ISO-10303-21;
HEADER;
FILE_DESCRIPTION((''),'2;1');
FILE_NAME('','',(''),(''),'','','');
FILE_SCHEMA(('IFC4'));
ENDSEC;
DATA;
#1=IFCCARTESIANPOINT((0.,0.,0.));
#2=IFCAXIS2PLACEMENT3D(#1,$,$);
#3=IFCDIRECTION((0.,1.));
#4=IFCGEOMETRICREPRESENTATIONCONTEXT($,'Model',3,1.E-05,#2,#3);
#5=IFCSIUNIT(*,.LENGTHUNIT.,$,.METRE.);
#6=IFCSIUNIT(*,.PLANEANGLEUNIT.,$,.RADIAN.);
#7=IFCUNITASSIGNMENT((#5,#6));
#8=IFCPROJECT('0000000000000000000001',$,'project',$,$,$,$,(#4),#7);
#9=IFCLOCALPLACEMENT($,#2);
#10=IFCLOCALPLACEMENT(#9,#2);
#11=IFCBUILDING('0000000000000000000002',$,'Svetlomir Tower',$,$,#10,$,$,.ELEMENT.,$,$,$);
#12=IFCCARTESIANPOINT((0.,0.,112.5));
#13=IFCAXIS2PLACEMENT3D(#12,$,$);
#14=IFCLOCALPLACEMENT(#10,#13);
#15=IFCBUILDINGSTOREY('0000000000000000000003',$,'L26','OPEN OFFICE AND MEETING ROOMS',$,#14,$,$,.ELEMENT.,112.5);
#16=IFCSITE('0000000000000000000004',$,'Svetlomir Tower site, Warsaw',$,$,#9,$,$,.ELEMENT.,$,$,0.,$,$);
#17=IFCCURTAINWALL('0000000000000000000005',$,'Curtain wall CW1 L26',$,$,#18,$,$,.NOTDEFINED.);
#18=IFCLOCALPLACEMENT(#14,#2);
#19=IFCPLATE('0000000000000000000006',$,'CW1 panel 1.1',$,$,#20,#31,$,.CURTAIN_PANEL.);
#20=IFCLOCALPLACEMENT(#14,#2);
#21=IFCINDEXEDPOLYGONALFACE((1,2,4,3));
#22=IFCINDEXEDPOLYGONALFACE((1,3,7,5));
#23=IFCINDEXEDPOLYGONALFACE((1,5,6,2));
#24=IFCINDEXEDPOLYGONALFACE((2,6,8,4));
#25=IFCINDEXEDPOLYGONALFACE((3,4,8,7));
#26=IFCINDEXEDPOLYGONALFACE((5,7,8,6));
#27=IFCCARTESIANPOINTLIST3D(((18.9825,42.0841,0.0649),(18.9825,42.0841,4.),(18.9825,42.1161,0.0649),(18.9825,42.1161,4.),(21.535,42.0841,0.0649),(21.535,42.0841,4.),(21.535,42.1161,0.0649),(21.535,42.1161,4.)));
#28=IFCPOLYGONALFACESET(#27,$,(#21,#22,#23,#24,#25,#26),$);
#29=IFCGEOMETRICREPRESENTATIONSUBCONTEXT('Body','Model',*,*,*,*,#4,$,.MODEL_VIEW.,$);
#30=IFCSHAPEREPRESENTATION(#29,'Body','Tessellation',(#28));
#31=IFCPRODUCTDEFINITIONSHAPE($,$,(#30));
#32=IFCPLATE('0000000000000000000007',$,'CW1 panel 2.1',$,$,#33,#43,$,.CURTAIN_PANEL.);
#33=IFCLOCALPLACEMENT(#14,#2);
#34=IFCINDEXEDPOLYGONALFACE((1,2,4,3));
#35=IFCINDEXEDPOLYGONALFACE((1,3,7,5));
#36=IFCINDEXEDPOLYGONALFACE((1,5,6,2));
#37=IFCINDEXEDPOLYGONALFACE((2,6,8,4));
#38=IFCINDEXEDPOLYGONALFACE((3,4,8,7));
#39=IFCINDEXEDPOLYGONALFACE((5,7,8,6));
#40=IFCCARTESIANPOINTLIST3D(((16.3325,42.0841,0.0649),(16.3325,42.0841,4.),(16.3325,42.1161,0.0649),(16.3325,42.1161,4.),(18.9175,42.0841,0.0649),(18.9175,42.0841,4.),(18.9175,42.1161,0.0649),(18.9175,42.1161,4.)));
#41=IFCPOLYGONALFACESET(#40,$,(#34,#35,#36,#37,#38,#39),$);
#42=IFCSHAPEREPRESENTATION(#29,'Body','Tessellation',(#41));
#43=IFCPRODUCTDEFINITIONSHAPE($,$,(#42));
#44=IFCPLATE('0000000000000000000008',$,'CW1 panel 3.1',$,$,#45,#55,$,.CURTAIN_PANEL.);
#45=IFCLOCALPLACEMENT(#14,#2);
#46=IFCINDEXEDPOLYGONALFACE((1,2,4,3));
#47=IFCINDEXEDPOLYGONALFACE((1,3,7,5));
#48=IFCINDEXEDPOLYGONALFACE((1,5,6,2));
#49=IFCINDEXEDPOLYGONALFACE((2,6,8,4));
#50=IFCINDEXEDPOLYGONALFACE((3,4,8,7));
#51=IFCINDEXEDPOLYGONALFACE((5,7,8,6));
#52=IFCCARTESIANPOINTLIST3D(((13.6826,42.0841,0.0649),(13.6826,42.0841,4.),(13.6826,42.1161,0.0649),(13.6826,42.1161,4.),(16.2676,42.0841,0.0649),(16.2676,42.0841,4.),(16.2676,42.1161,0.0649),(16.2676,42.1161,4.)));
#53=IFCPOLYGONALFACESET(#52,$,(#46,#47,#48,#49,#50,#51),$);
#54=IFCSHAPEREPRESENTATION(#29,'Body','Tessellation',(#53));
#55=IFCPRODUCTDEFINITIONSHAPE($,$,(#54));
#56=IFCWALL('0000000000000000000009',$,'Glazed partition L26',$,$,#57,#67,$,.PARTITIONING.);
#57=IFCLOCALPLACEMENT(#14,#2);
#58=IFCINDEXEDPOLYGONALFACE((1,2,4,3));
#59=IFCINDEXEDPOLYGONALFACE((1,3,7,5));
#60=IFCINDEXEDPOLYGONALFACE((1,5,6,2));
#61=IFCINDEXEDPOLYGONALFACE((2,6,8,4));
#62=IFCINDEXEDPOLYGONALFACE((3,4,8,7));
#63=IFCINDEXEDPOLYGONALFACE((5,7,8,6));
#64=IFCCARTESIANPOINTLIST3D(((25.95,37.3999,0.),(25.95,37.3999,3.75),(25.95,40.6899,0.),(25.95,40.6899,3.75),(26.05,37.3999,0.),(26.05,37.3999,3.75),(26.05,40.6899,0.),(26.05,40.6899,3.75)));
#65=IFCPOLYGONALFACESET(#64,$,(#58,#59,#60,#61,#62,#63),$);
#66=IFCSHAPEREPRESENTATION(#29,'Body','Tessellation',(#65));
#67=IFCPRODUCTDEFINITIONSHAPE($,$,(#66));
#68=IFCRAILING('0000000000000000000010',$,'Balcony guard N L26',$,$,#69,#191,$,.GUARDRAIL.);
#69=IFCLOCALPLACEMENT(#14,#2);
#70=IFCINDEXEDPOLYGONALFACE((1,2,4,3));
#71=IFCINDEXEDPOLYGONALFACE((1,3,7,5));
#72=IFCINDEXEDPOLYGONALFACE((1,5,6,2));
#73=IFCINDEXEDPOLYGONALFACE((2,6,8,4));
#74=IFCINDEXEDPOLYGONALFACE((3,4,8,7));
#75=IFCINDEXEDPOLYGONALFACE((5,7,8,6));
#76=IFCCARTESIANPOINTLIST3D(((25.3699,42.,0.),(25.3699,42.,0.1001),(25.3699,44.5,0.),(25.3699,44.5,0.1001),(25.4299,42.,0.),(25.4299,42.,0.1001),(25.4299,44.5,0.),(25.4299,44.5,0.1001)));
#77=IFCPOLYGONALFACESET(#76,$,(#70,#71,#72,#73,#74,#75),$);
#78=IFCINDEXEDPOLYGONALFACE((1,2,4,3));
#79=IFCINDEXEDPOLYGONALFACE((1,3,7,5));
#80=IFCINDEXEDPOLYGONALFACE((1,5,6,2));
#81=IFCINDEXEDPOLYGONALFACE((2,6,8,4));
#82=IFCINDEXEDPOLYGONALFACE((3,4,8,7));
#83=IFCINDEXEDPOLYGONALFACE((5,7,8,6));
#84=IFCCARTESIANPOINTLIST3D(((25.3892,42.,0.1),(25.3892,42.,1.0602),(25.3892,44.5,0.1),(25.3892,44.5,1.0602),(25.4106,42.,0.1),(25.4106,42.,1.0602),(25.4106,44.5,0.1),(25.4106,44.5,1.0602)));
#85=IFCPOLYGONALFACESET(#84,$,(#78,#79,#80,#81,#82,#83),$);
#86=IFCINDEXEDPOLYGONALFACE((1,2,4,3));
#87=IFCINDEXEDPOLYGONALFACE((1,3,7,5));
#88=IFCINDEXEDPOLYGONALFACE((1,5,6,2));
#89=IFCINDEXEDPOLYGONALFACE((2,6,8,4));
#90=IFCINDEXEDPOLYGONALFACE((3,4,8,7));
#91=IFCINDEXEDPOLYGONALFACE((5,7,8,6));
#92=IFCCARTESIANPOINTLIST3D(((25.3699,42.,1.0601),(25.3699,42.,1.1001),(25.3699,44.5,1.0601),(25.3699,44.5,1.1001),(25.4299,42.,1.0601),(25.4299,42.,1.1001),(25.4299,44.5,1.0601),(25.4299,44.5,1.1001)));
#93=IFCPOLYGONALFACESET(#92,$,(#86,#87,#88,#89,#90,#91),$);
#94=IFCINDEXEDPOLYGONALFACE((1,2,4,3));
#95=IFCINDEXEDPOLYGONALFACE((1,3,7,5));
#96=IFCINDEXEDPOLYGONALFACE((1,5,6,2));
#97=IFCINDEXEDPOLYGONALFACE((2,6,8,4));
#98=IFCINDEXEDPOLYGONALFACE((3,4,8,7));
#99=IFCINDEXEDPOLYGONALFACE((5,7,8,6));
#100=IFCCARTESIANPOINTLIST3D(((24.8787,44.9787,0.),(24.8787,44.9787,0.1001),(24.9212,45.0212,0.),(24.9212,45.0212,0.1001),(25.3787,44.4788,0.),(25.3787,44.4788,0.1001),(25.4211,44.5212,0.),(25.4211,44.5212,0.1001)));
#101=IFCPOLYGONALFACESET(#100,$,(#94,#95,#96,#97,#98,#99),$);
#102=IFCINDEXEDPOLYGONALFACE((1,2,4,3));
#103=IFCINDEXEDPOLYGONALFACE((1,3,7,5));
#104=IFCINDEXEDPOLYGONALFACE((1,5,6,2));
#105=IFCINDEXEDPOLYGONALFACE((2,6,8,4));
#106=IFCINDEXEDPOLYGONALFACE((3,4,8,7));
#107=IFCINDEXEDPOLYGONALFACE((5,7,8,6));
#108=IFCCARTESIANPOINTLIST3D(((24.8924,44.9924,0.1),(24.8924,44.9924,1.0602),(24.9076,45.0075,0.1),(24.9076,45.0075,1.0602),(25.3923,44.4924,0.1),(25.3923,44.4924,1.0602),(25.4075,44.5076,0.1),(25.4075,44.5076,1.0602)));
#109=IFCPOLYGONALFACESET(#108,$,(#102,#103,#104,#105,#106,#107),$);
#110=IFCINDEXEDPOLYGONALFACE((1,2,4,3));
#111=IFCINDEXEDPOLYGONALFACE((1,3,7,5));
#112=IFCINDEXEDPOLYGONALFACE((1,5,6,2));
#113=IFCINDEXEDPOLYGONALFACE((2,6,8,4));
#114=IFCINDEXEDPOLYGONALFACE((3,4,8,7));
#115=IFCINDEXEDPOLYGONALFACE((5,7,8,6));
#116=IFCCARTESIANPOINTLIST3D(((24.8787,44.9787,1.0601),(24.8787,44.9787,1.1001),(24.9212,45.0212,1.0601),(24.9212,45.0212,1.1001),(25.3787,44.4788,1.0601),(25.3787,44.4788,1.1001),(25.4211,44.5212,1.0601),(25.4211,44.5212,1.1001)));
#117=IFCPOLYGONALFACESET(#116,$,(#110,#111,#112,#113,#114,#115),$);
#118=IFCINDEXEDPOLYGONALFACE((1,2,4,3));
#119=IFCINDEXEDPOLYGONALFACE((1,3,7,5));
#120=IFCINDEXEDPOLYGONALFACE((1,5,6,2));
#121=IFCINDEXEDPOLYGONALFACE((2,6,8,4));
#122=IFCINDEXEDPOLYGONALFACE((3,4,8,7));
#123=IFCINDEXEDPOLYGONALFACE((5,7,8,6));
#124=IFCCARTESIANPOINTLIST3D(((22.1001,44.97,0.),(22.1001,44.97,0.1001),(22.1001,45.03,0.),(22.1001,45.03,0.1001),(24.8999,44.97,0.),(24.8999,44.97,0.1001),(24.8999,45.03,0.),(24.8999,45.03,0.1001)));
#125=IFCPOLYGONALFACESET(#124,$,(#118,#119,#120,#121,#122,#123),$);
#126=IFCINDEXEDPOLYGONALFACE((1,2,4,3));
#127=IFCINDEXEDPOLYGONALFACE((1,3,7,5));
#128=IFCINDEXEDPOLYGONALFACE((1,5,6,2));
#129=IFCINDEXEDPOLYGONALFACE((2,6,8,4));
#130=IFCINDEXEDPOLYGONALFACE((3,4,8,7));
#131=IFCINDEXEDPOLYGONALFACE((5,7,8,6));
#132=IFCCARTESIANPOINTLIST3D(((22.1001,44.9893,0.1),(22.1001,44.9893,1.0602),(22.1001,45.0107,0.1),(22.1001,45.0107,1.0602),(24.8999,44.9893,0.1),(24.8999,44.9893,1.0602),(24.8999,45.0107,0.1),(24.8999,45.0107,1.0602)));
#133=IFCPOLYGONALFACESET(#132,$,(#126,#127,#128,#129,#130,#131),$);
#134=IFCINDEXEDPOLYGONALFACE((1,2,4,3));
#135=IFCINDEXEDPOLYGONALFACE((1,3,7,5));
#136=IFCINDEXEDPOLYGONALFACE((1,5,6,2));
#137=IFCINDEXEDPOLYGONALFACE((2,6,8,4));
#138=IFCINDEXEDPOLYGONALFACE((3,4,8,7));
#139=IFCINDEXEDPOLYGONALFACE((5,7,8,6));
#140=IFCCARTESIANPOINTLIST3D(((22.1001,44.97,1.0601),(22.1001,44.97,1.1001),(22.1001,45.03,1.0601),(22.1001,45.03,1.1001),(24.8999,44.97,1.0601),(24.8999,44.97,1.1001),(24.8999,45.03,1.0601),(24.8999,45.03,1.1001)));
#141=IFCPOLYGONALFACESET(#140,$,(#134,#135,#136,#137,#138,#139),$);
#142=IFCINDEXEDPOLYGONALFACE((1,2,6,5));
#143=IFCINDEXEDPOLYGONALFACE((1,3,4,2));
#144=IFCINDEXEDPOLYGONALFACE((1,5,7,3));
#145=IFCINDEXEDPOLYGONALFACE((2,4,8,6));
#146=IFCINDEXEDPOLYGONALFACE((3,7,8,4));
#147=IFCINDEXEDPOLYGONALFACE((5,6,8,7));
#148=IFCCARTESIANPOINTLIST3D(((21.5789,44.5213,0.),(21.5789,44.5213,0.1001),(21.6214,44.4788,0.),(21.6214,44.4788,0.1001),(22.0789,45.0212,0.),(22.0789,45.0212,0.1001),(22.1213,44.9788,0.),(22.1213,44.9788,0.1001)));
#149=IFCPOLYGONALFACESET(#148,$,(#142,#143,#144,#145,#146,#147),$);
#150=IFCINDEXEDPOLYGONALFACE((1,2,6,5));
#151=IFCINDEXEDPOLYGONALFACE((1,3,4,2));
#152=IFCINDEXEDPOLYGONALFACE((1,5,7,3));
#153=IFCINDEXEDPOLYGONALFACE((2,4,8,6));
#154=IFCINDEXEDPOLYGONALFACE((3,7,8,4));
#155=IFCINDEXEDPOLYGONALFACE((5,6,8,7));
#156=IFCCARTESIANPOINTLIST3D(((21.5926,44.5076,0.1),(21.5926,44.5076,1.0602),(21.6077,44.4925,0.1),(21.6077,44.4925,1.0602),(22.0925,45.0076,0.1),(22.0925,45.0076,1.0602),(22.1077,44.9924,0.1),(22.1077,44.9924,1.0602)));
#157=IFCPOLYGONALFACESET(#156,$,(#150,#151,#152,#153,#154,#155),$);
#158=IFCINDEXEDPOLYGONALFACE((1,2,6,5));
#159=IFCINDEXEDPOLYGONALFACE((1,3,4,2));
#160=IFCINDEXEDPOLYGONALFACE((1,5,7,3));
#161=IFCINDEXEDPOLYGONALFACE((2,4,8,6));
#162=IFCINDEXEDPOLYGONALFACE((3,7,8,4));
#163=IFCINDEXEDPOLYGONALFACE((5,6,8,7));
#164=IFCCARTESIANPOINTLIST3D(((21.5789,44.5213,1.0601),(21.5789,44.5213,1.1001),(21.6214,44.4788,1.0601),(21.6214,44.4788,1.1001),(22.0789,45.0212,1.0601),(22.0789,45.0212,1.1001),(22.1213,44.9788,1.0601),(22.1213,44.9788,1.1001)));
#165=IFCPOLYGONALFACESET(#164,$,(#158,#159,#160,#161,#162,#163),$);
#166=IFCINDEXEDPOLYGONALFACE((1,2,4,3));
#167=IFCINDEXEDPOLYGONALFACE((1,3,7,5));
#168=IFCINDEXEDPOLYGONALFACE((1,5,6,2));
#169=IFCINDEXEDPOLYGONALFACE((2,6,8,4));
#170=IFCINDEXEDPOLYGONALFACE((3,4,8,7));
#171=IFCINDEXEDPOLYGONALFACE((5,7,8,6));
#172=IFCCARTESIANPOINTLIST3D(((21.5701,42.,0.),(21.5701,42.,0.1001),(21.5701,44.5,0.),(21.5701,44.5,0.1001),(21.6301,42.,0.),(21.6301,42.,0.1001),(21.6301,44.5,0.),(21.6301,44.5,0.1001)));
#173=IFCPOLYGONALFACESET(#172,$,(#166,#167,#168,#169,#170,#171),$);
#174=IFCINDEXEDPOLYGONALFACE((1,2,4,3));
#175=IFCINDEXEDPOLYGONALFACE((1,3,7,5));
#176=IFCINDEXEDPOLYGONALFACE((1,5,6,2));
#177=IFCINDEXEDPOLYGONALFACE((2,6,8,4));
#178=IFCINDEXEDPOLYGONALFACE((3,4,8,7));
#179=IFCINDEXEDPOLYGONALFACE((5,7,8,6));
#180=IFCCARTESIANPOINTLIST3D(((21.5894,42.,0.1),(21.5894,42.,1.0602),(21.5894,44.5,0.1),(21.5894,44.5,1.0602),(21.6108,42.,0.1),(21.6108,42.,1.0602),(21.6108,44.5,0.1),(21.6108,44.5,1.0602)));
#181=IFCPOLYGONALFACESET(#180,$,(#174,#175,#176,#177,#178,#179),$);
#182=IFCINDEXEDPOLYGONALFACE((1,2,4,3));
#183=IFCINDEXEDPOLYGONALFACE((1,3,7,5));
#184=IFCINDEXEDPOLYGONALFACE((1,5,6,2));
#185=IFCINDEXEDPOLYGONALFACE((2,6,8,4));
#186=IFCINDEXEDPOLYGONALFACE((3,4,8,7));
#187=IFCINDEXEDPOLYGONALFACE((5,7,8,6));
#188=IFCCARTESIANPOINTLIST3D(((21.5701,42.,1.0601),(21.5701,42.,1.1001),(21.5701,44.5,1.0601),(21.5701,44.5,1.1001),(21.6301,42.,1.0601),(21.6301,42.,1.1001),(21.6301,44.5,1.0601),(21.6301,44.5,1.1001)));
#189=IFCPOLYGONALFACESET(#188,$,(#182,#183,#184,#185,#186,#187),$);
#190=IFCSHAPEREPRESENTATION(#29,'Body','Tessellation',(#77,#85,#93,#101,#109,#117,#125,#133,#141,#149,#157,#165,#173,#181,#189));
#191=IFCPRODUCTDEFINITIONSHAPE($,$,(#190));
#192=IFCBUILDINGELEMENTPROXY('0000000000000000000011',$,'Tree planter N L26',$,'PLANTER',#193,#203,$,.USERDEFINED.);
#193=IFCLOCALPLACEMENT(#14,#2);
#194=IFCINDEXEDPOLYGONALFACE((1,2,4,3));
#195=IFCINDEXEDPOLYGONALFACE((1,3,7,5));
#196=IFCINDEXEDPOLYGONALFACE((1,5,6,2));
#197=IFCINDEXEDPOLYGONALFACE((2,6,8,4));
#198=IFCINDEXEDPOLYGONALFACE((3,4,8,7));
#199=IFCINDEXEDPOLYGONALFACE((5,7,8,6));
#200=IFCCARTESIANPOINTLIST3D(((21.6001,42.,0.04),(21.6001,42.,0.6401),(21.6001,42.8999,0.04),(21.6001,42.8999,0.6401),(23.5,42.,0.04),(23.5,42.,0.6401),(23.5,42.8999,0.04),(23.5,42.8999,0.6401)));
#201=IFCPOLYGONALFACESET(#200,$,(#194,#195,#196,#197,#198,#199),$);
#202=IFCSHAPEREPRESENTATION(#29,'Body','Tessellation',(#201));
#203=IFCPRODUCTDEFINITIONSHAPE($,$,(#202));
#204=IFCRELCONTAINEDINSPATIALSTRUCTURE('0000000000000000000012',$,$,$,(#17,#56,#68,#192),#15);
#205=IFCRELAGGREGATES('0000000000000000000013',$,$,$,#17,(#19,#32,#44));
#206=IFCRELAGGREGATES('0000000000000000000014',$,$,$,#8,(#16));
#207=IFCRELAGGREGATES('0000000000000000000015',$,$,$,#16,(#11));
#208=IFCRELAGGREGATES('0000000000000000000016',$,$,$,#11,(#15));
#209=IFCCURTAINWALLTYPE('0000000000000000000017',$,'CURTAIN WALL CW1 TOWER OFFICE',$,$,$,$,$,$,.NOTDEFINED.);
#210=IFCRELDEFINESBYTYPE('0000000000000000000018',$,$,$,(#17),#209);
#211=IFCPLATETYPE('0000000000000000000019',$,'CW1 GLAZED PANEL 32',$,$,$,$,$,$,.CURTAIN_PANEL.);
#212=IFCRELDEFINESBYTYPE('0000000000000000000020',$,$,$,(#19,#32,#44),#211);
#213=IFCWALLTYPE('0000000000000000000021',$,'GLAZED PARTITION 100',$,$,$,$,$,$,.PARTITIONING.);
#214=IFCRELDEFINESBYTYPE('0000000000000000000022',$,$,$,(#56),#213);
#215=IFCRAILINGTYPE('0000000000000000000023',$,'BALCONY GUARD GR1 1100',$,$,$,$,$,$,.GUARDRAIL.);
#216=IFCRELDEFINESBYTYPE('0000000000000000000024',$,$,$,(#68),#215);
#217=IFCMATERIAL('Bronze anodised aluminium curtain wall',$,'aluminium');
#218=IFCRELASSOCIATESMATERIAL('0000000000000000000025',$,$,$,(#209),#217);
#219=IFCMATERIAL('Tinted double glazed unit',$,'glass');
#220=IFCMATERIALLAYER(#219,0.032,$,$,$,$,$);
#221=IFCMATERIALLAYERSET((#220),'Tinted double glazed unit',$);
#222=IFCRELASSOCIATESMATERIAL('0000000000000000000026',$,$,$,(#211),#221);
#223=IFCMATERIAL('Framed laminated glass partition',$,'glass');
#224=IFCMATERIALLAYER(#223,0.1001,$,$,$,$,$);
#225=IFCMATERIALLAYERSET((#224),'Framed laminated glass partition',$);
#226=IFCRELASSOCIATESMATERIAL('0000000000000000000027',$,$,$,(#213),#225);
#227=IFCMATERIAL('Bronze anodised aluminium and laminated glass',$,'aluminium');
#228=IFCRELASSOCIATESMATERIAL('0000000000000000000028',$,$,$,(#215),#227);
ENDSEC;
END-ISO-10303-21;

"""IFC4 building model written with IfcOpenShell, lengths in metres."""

from ifc_helpers import new_model, si_unit, direction, frame, frame_2d, origin, origin_2d, place, context, subcontext, project, spatial, rectangle, extrude, material, layer, layer_set, type_object, element, aggregate, save


model = new_model("IFC4")

# Units and contexts
model_context = context("Model", 3, precision=1e-05, world=origin(), true_north=direction((0.0, 1.0)))
body_context = subcontext(model_context, "Body", "Model", "MODEL_VIEW")
ifc_project = project(units=[si_unit("LENGTHUNIT", "METRE"), si_unit("PLANEANGLEUNIT", "RADIAN")], contexts=[model_context])

# Site, building, storey
site_placement = place(None, origin())
site = spatial("IfcSite", under=ifc_project, at=site_placement, Name="Svetlomir Tower site, Warsaw", CompositionType="ELEMENT", RefElevation=0.0)
building_placement = place(site_placement, origin())
building = spatial("IfcBuilding", under=site, at=building_placement, Name="Svetlomir Tower", CompositionType="ELEMENT")
storey_placement = place(building_placement, frame((0.0, 0.0, 112.5)))
storey = spatial("IfcBuildingStorey", under=building, at=storey_placement, Name="L26", Description="OPEN OFFICE AND MEETING ROOMS", CompositionType="ELEMENT", Elevation=112.5)

# Curtain wall
ifc_material_1 = material(Name="Bronze anodised aluminium curtain wall", Category="aluminium")
curtain_wall_type = type_object("IfcCurtainWallType", Name="CURTAIN WALL CW1 TOWER OFFICE", PredefinedType="NOTDEFINED", material=ifc_material_1)
curtain_wall_1_placement = place(storey_placement, origin())
curtain_wall_1 = element("IfcCurtainWall", 1, at=curtain_wall_1_placement, inside=storey, type_object=curtain_wall_type, Name="Curtain wall CW1 L26", PredefinedType="NOTDEFINED")

# Plates
ifc_material_2 = material(Name="Tinted double glazed unit", Category="glass")
ifc_layer_1 = layer(ifc_material_2, 0.032)
ifc_layer_set_1 = layer_set([ifc_layer_1], Name="Tinted double glazed unit")
plate_type = type_object("IfcPlateType", Name="CW1 GLAZED PANEL 32", PredefinedType="CURTAIN_PANEL", material=ifc_layer_set_1)
plate_1_placement = place(storey_placement, frame((20.2588, 42.1001, 0.0649), z_axis=(0.0, 0.0, 1.0), x_axis=(-1.0, 0.0, 0.0)))
plate_1 = element("IfcPlate", 2, at=plate_1_placement, type_object=plate_type, Name="CW1 panel 1.1", PredefinedType="CURTAIN_PANEL", context=body_context, shape_type="SweptSolid", body=[
    extrude(rectangle(XDim=2.5525, YDim=0.032, at=origin_2d()), origin(), (0.0, 0.0, 1.0), 3.9351),
])
plate_2_placement = place(storey_placement, frame((17.625, 42.1001, 0.0649), z_axis=(0.0, 0.0, 1.0), x_axis=(-1.0, 0.0, 0.0)))
plate_2 = element("IfcPlate", 3, at=plate_2_placement, type_object=plate_type, Name="CW1 panel 2.1", PredefinedType="CURTAIN_PANEL", context=body_context, shape_type="SweptSolid", body=[
    extrude(rectangle(XDim=2.585, YDim=0.032, at=origin_2d()), origin(), (0.0, 0.0, 1.0), 3.9351),
])
plate_3_placement = place(storey_placement, frame((14.9751, 42.1001, 0.0649), z_axis=(0.0, 0.0, 1.0), x_axis=(-1.0, 0.0, 0.0)))
plate_3 = element("IfcPlate", 4, at=plate_3_placement, type_object=plate_type, Name="CW1 panel 3.1", PredefinedType="CURTAIN_PANEL", context=body_context, shape_type="SweptSolid", body=[
    extrude(rectangle(XDim=2.585, YDim=0.032, at=origin_2d()), origin(), (0.0, 0.0, 1.0), 3.9351),
])
aggregate(curtain_wall_1, [plate_1, plate_2, plate_3])

# Wall
ifc_material_3 = material(Name="Framed laminated glass partition", Category="glass")
ifc_layer_2 = layer(ifc_material_3, 0.1001)
ifc_layer_set_2 = layer_set([ifc_layer_2], Name="Framed laminated glass partition")
wall_type_1 = type_object("IfcWallType", Name="GLAZED PARTITION 100", PredefinedType="PARTITIONING", material=ifc_layer_set_2)
wall_1_placement = place(storey_placement, frame((26.0, 37.3999, 0.0), z_axis=(0.0, 0.0, 1.0), x_axis=(0.0, 1.0, 0.0)))
element("IfcWall", 5, at=wall_1_placement, inside=storey, type_object=wall_type_1, Name="Glazed partition L26", PredefinedType="PARTITIONING", context=body_context, shape_type="SweptSolid", body=[
    extrude(rectangle(XDim=3.29, YDim=0.1001, at=frame_2d((1.645, 0.0))), origin(), (0.0, 0.0, 1.0), 3.75),
])

# Railing
ifc_material_4 = material(Name="Bronze anodised aluminium and laminated glass", Category="aluminium")
railing_type = type_object("IfcRailingType", Name="BALCONY GUARD GR1 1100", PredefinedType="GUARDRAIL", material=ifc_material_4)
railing_placement = place(storey_placement, frame((25.3999, 42.0, 0.0)))
element("IfcRailing", 6, at=railing_placement, inside=storey, type_object=railing_type, Name="Balcony guard N L26", PredefinedType="GUARDRAIL", context=body_context, shape_type="SweptSolid", body=[
    extrude(rectangle(XDim=0.0601, YDim=0.1001, at=origin_2d()), frame((0.0, 0.0, 0.05), z_axis=(0.0, 1.0, 0.0), x_axis=(-1.0, 0.0, 0.0)), (0.0, 0.0, 1.0), 2.5),
    extrude(rectangle(XDim=0.0215, YDim=0.9602, at=origin_2d()), frame((0.0, 0.0, 0.5801), z_axis=(0.0, 1.0, 0.0), x_axis=(-1.0, 0.0, 0.0)), (0.0, 0.0, 1.0), 2.5),
    extrude(rectangle(XDim=0.0601, YDim=0.04, at=origin_2d()), frame((0.0, 0.0, 1.0801), z_axis=(0.0, 1.0, 0.0), x_axis=(-1.0, 0.0, 0.0)), (0.0, 0.0, 1.0), 2.5),
    extrude(rectangle(XDim=0.0601, YDim=0.1001, at=origin_2d()), frame((0.0, 2.5, 0.05), z_axis=(-0.707107, 0.707107, 0.0), x_axis=(-0.707107, -0.707107, 0.0)), (0.0, 0.0, 1.0), 0.707),
    extrude(rectangle(XDim=0.0215, YDim=0.9602, at=origin_2d()), frame((0.0, 2.5, 0.5801), z_axis=(-0.707107, 0.707107, 0.0), x_axis=(-0.707107, -0.707107, 0.0)), (0.0, 0.0, 1.0), 0.707),
    extrude(rectangle(XDim=0.0601, YDim=0.04, at=origin_2d()), frame((0.0, 2.5, 1.0801), z_axis=(-0.707107, 0.707107, 0.0), x_axis=(-0.707107, -0.707107, 0.0)), (0.0, 0.0, 1.0), 0.707),
    extrude(rectangle(XDim=0.0601, YDim=0.1001, at=origin_2d()), frame((-0.5, 3.0, 0.05), z_axis=(-1.0, 0.0, 0.0), x_axis=(0.0, -1.0, 0.0)), (0.0, 0.0, 1.0), 2.7998),
    extrude(rectangle(XDim=0.0215, YDim=0.9602, at=origin_2d()), frame((-0.5, 3.0, 0.5801), z_axis=(-1.0, 0.0, 0.0), x_axis=(0.0, -1.0, 0.0)), (0.0, 0.0, 1.0), 2.7998),
    extrude(rectangle(XDim=0.0601, YDim=0.04, at=origin_2d()), frame((-0.5, 3.0, 1.0801), z_axis=(-1.0, 0.0, 0.0), x_axis=(0.0, -1.0, 0.0)), (0.0, 0.0, 1.0), 2.7998),
    extrude(rectangle(XDim=0.0601, YDim=0.1001, at=origin_2d()), frame((-3.2998, 3.0, 0.05), z_axis=(-0.707107, -0.707107, 0.0), x_axis=(0.707107, -0.707107, 0.0)), (0.0, 0.0, 1.0), 0.707),
    extrude(rectangle(XDim=0.0215, YDim=0.9602, at=origin_2d()), frame((-3.2998, 3.0, 0.5801), z_axis=(-0.707107, -0.707107, 0.0), x_axis=(0.707107, -0.707107, 0.0)), (0.0, 0.0, 1.0), 0.707),
    extrude(rectangle(XDim=0.0601, YDim=0.04, at=origin_2d()), frame((-3.2998, 3.0, 1.0801), z_axis=(-0.707107, -0.707107, 0.0), x_axis=(0.707107, -0.707107, 0.0)), (0.0, 0.0, 1.0), 0.707),
    extrude(rectangle(XDim=0.0601, YDim=0.1001, at=origin_2d()), frame((-3.7998, 2.5, 0.05), z_axis=(0.0, -1.0, 0.0), x_axis=(1.0, 0.0, 0.0)), (0.0, 0.0, 1.0), 2.5),
    extrude(rectangle(XDim=0.0215, YDim=0.9602, at=origin_2d()), frame((-3.7998, 2.5, 0.5801), z_axis=(0.0, -1.0, 0.0), x_axis=(1.0, 0.0, 0.0)), (0.0, 0.0, 1.0), 2.5),
    extrude(rectangle(XDim=0.0601, YDim=0.04, at=origin_2d()), frame((-3.7998, 2.5, 1.0801), z_axis=(0.0, -1.0, 0.0), x_axis=(1.0, 0.0, 0.0)), (0.0, 0.0, 1.0), 2.5),
])

# Building element proxy
proxy_placement = place(storey_placement, frame((22.55, 42.45, 0.04), z_axis=(0.0, 0.0, 1.0), x_axis=(1.0, 0.0, 0.0)))
element("IfcBuildingElementProxy", 7, at=proxy_placement, inside=storey, Name="Tree planter N L26", ObjectType="PLANTER", PredefinedType="USERDEFINED", context=body_context, shape_type="SweptSolid", body=[
    extrude(rectangle(XDim=1.8999, YDim=0.8999, at=origin_2d()), origin(), (0.0, 0.0, 1.0), 0.6001),
])

save(model, "model.ifc")
